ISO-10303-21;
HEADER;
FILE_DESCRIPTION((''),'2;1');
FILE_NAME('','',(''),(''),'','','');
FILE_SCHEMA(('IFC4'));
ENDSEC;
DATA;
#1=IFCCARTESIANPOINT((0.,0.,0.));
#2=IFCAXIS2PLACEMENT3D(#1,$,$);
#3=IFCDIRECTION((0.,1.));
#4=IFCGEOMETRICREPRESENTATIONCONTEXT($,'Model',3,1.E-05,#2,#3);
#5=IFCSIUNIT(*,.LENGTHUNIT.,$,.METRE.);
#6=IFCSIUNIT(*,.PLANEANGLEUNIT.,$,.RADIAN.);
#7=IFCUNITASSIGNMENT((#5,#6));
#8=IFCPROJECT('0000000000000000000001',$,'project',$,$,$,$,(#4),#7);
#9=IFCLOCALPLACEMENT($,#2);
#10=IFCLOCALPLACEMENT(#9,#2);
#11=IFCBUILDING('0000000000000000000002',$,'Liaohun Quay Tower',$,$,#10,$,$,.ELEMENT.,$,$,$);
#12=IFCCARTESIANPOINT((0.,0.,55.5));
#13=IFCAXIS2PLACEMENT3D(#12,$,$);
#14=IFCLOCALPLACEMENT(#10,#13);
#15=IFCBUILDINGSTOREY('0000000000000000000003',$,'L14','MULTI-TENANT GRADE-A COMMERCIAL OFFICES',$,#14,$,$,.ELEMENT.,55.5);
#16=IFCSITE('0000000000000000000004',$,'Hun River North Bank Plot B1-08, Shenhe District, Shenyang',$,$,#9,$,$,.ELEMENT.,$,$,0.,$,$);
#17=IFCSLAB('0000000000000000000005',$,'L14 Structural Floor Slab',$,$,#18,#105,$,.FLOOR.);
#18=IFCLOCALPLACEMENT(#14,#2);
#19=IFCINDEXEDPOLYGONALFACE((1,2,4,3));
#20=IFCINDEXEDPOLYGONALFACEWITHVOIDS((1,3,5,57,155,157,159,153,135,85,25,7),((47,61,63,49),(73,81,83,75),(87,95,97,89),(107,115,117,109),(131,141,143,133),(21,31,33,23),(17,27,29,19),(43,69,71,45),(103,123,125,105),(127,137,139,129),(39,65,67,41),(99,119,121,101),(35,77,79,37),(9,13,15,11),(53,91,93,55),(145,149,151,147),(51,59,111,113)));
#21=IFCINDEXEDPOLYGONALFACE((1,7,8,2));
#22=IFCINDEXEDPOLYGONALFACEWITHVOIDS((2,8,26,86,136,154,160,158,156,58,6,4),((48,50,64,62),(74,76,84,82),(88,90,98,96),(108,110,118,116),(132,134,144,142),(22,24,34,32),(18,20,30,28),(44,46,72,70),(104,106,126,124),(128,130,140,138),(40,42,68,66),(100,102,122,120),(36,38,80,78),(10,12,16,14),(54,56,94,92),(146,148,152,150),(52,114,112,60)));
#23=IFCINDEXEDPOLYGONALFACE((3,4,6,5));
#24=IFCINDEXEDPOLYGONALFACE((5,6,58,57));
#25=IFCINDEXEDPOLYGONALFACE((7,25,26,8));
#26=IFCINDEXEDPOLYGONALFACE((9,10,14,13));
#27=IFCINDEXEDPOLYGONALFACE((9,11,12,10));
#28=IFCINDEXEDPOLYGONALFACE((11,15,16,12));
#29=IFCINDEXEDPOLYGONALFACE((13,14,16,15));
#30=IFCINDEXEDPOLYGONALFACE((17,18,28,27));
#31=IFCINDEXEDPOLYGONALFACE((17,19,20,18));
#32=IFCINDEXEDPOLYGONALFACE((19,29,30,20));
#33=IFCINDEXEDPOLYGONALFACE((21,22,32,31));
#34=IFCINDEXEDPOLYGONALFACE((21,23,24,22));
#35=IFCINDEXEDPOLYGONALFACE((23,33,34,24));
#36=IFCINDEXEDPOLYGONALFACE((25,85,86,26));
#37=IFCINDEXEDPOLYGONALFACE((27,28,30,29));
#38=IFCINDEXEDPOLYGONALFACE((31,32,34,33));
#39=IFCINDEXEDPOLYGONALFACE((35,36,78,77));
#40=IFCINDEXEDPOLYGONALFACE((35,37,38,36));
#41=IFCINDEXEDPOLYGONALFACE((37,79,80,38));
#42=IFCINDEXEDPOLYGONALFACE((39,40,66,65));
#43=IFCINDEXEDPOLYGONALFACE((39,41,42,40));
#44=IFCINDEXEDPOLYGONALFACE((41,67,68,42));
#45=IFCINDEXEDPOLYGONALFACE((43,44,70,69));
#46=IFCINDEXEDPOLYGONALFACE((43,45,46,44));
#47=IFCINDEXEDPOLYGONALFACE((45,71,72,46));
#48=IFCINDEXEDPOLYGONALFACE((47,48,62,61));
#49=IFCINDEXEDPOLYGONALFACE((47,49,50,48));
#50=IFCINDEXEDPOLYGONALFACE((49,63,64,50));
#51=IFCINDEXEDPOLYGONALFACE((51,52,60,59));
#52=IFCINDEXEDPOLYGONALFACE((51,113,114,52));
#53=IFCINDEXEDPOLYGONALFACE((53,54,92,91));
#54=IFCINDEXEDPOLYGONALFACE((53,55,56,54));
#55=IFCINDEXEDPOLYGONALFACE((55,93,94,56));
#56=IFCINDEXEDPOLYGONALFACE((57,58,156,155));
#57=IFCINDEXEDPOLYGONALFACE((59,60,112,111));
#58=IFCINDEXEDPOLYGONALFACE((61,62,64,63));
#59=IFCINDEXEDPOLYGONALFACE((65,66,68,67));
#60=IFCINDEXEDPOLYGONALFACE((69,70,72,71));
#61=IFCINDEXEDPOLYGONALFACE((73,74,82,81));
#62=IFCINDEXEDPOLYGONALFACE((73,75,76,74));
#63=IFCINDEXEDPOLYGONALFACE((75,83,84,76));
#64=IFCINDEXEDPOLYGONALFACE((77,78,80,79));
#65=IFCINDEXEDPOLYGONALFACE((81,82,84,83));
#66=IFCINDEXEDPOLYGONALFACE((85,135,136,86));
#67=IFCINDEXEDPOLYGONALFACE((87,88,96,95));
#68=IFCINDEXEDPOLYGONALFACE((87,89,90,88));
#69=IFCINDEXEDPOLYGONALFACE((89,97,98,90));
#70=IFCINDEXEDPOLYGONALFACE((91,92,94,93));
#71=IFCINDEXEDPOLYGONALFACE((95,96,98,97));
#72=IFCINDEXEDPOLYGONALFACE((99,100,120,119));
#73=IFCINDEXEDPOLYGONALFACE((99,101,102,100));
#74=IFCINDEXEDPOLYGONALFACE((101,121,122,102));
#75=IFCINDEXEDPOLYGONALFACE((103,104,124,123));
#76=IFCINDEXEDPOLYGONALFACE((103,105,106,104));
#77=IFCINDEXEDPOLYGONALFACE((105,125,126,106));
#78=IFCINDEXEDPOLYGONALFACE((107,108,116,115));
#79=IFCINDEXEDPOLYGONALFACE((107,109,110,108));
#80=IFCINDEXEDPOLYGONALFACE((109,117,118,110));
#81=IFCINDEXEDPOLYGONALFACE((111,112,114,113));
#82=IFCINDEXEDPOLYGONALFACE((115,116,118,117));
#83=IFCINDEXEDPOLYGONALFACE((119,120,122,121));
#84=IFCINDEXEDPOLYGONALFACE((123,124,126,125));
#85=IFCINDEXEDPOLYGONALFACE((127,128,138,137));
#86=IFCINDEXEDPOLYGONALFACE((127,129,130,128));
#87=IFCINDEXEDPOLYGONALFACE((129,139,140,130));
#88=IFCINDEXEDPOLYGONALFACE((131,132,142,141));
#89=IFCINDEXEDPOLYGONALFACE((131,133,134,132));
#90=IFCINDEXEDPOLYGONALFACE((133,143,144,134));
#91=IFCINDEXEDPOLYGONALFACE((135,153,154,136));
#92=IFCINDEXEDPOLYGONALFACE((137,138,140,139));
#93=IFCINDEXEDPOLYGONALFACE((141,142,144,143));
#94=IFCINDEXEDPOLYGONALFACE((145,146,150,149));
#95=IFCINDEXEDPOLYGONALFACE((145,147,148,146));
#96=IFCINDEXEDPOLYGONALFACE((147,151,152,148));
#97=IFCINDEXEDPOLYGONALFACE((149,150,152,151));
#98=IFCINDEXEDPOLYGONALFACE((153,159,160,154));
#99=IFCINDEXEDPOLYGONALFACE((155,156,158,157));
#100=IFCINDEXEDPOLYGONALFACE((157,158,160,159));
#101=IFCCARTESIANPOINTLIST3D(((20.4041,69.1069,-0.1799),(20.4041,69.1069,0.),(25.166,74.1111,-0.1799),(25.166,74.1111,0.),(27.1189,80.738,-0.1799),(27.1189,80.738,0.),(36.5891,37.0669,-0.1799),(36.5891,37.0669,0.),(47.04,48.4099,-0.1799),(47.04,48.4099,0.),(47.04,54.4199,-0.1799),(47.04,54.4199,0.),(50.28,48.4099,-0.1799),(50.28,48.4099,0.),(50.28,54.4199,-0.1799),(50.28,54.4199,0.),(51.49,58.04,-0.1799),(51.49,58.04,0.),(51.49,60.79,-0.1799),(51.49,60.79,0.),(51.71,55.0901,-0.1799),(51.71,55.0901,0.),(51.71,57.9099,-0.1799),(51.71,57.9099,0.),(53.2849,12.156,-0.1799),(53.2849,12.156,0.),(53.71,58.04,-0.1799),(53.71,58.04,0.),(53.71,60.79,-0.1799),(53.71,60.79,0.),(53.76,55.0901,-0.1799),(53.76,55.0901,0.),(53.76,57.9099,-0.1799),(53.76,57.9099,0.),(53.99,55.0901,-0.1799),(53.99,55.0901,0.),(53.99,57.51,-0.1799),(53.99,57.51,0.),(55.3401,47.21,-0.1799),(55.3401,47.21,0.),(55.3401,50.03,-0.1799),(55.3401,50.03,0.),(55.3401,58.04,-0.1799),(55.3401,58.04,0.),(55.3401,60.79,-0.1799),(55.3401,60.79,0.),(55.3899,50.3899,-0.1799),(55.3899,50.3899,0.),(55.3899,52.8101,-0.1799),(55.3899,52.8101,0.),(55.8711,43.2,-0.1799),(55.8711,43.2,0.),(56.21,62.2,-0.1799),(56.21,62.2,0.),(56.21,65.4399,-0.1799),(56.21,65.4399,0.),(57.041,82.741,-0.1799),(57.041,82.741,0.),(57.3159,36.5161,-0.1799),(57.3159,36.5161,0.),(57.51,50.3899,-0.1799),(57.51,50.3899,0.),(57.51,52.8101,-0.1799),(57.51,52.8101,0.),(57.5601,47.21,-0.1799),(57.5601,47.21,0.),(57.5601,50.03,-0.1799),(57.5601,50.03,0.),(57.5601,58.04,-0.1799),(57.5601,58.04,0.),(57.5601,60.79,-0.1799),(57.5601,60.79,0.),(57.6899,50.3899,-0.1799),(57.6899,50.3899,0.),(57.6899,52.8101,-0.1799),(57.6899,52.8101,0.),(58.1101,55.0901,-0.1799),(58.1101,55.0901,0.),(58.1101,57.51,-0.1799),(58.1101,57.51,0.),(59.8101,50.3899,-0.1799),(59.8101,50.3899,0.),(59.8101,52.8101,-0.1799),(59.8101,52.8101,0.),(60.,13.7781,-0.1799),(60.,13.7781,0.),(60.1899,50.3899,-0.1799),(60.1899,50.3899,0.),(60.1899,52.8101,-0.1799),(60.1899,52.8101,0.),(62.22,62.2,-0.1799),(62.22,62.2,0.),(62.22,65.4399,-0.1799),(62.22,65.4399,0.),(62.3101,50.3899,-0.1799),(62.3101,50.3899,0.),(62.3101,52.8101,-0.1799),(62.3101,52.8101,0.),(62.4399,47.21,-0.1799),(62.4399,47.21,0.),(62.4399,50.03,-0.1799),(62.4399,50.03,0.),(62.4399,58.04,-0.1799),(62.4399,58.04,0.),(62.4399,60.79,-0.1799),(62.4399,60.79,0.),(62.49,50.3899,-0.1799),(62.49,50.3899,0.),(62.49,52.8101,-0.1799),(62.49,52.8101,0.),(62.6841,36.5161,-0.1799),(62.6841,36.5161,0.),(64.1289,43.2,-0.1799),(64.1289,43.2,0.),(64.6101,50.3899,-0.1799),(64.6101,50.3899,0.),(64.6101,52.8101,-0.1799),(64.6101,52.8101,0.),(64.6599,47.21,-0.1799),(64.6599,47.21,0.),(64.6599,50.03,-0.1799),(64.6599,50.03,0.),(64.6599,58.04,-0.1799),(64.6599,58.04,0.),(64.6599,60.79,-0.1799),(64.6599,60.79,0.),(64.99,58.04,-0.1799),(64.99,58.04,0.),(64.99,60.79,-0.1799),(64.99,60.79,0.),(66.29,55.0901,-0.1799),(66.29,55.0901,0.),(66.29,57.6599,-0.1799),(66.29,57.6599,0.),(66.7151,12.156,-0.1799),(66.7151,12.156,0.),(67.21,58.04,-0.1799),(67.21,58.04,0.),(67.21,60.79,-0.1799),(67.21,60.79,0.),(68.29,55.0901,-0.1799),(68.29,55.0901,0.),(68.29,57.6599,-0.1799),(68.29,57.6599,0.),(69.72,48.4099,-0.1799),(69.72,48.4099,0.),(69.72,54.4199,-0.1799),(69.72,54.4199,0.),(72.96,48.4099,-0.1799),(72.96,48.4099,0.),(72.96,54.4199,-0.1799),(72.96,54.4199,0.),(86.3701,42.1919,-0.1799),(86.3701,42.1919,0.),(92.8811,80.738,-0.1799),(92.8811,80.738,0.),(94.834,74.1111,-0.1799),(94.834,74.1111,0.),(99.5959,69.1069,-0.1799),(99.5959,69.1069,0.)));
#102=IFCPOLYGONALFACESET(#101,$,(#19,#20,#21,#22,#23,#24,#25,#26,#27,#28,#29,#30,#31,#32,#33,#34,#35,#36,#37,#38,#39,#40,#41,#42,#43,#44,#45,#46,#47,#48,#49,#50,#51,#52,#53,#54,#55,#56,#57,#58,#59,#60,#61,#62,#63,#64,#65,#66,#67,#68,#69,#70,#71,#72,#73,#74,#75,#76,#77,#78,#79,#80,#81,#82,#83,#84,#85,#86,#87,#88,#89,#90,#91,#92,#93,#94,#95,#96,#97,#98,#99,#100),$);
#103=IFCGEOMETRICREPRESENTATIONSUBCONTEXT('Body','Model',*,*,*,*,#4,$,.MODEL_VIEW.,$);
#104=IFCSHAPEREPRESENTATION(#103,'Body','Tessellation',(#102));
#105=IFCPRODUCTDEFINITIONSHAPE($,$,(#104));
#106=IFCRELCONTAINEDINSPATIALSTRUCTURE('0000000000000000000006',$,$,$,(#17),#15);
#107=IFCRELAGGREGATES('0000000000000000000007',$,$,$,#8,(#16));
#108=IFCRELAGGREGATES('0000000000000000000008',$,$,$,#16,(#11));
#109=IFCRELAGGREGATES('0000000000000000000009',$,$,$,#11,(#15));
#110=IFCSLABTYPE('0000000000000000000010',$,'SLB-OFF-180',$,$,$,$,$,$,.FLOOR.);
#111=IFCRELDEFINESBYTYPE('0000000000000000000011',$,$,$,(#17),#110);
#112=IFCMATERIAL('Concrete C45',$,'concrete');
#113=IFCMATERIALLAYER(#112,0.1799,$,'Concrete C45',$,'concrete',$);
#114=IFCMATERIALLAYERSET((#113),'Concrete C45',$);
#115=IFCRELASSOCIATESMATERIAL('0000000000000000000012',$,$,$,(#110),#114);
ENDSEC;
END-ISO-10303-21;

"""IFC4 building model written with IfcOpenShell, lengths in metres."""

from ifc_helpers import new_model, si_unit, direction, frame, origin, place, context, subcontext, project, spatial, polyline, outline, extrude, material, layer, layer_set, type_object, element, save


model = new_model("IFC4")

# Units and contexts
model_context = context("Model", 3, precision=1e-05, world=origin(), true_north=direction((0.0, 1.0)))
body_context = subcontext(model_context, "Body", "Model", "MODEL_VIEW")
ifc_project = project(units=[si_unit("LENGTHUNIT", "METRE"), si_unit("PLANEANGLEUNIT", "RADIAN")], contexts=[model_context])

# Site, building, storey
site_placement = place(None, origin())
site = spatial("IfcSite", under=ifc_project, at=site_placement, Name="Hun River North Bank Plot B1-08, Shenhe District, Shenyang", CompositionType="ELEMENT", RefElevation=0.0)
building_placement = place(site_placement, origin())
building = spatial("IfcBuilding", under=site, at=building_placement, Name="Liaohun Quay Tower", CompositionType="ELEMENT")
storey_placement = place(building_placement, frame((0.0, 0.0, 55.5)))
storey = spatial("IfcBuildingStorey", under=building, at=storey_placement, Name="L14", Description="MULTI-TENANT GRADE-A COMMERCIAL OFFICES", CompositionType="ELEMENT", Elevation=55.5)

# Shared definitions
ifc_material_1 = material(Name="Concrete C45", Category="concrete")

# Slab
ifc_layer_1 = layer(ifc_material_1, 0.1799, Name="Concrete C45", Category="concrete")
ifc_layer_set_1 = layer_set([ifc_layer_1], Name="Concrete C45")
slab_type_1 = type_object("IfcSlabType", Name="SLB-OFF-180", PredefinedType="FLOOR", material=ifc_layer_set_1)
slab_1_placement = place(storey_placement, frame((0.0, 0.0, -0.1799)))
element("IfcSlab", 1, at=slab_1_placement, inside=storey, type_object=slab_type_1, Name="L14 Structural Floor Slab", PredefinedType="FLOOR", context=body_context, shape_type="SweptSolid", body=[
    extrude(outline(polyline([(53.2849, 12.156), (60.0, 13.7781), (66.7151, 12.156), (86.3701, 42.1919), (99.5959, 69.1069), (94.834, 74.1111), (92.8811, 80.738), (57.041, 82.741), (27.1189, 80.738), (25.166, 74.1111), (20.4041, 69.1069), (36.5891, 37.0669), (53.2849, 12.156)]), holes=[polyline([(57.5601, 47.21), (57.5601, 50.03), (55.3401, 50.03), (55.3401, 47.21), (57.5601, 47.21)]), polyline([(50.28, 54.4199), (47.04, 54.4199), (47.04, 48.4099), (50.28, 48.4099), (50.28, 54.4199)]), polyline([(57.51, 50.3899), (57.51, 52.8101), (55.3899, 52.8101), (55.3899, 50.3899), (57.51, 50.3899)]), polyline([(59.8101, 50.3899), (59.8101, 52.8101), (57.6899, 52.8101), (57.6899, 50.3899), (59.8101, 50.3899)]), polyline([(58.1101, 57.51), (53.99, 57.51), (53.99, 55.0901), (58.1101, 55.0901), (58.1101, 57.51)]), polyline([(53.76, 55.0901), (53.76, 57.9099), (51.71, 57.9099), (51.71, 55.0901), (53.76, 55.0901)]), polyline([(51.49, 58.04), (53.71, 58.04), (53.71, 60.79), (51.49, 60.79), (51.49, 58.04)]), polyline([(55.3401, 58.04), (57.5601, 58.04), (57.5601, 60.79), (55.3401, 60.79), (55.3401, 58.04)]), polyline([(62.6841, 36.5161), (64.1289, 43.2), (55.8711, 43.2), (57.3159, 36.5161), (62.6841, 36.5161)]), polyline([(64.6599, 47.21), (64.6599, 50.03), (62.4399, 50.03), (62.4399, 47.21), (64.6599, 47.21)]), polyline([(72.96, 54.4199), (69.72, 54.4199), (69.72, 48.4099), (72.96, 48.4099), (72.96, 54.4199)]), polyline([(62.3101, 50.3899), (62.3101, 52.8101), (60.1899, 52.8101), (60.1899, 50.3899), (62.3101, 50.3899)]), polyline([(64.6101, 50.3899), (64.6101, 52.8101), (62.49, 52.8101), (62.49, 50.3899), (64.6101, 50.3899)]), polyline([(68.29, 55.0901), (68.29, 57.6599), (66.29, 57.6599), (66.29, 55.0901), (68.29, 55.0901)]), polyline([(64.6599, 58.04), (64.6599, 60.79), (62.4399, 60.79), (62.4399, 58.04), (64.6599, 58.04)]), polyline([(64.99, 58.04), (67.21, 58.04), (67.21, 60.79), (64.99, 60.79), (64.99, 58.04)]), polyline([(56.21, 62.2), (62.22, 62.2), (62.22, 65.4399), (56.21, 65.4399), (56.21, 62.2)])]), origin(), (0.0, 0.0, 1.0), 0.1799),
])

save(model, "model.ifc")
